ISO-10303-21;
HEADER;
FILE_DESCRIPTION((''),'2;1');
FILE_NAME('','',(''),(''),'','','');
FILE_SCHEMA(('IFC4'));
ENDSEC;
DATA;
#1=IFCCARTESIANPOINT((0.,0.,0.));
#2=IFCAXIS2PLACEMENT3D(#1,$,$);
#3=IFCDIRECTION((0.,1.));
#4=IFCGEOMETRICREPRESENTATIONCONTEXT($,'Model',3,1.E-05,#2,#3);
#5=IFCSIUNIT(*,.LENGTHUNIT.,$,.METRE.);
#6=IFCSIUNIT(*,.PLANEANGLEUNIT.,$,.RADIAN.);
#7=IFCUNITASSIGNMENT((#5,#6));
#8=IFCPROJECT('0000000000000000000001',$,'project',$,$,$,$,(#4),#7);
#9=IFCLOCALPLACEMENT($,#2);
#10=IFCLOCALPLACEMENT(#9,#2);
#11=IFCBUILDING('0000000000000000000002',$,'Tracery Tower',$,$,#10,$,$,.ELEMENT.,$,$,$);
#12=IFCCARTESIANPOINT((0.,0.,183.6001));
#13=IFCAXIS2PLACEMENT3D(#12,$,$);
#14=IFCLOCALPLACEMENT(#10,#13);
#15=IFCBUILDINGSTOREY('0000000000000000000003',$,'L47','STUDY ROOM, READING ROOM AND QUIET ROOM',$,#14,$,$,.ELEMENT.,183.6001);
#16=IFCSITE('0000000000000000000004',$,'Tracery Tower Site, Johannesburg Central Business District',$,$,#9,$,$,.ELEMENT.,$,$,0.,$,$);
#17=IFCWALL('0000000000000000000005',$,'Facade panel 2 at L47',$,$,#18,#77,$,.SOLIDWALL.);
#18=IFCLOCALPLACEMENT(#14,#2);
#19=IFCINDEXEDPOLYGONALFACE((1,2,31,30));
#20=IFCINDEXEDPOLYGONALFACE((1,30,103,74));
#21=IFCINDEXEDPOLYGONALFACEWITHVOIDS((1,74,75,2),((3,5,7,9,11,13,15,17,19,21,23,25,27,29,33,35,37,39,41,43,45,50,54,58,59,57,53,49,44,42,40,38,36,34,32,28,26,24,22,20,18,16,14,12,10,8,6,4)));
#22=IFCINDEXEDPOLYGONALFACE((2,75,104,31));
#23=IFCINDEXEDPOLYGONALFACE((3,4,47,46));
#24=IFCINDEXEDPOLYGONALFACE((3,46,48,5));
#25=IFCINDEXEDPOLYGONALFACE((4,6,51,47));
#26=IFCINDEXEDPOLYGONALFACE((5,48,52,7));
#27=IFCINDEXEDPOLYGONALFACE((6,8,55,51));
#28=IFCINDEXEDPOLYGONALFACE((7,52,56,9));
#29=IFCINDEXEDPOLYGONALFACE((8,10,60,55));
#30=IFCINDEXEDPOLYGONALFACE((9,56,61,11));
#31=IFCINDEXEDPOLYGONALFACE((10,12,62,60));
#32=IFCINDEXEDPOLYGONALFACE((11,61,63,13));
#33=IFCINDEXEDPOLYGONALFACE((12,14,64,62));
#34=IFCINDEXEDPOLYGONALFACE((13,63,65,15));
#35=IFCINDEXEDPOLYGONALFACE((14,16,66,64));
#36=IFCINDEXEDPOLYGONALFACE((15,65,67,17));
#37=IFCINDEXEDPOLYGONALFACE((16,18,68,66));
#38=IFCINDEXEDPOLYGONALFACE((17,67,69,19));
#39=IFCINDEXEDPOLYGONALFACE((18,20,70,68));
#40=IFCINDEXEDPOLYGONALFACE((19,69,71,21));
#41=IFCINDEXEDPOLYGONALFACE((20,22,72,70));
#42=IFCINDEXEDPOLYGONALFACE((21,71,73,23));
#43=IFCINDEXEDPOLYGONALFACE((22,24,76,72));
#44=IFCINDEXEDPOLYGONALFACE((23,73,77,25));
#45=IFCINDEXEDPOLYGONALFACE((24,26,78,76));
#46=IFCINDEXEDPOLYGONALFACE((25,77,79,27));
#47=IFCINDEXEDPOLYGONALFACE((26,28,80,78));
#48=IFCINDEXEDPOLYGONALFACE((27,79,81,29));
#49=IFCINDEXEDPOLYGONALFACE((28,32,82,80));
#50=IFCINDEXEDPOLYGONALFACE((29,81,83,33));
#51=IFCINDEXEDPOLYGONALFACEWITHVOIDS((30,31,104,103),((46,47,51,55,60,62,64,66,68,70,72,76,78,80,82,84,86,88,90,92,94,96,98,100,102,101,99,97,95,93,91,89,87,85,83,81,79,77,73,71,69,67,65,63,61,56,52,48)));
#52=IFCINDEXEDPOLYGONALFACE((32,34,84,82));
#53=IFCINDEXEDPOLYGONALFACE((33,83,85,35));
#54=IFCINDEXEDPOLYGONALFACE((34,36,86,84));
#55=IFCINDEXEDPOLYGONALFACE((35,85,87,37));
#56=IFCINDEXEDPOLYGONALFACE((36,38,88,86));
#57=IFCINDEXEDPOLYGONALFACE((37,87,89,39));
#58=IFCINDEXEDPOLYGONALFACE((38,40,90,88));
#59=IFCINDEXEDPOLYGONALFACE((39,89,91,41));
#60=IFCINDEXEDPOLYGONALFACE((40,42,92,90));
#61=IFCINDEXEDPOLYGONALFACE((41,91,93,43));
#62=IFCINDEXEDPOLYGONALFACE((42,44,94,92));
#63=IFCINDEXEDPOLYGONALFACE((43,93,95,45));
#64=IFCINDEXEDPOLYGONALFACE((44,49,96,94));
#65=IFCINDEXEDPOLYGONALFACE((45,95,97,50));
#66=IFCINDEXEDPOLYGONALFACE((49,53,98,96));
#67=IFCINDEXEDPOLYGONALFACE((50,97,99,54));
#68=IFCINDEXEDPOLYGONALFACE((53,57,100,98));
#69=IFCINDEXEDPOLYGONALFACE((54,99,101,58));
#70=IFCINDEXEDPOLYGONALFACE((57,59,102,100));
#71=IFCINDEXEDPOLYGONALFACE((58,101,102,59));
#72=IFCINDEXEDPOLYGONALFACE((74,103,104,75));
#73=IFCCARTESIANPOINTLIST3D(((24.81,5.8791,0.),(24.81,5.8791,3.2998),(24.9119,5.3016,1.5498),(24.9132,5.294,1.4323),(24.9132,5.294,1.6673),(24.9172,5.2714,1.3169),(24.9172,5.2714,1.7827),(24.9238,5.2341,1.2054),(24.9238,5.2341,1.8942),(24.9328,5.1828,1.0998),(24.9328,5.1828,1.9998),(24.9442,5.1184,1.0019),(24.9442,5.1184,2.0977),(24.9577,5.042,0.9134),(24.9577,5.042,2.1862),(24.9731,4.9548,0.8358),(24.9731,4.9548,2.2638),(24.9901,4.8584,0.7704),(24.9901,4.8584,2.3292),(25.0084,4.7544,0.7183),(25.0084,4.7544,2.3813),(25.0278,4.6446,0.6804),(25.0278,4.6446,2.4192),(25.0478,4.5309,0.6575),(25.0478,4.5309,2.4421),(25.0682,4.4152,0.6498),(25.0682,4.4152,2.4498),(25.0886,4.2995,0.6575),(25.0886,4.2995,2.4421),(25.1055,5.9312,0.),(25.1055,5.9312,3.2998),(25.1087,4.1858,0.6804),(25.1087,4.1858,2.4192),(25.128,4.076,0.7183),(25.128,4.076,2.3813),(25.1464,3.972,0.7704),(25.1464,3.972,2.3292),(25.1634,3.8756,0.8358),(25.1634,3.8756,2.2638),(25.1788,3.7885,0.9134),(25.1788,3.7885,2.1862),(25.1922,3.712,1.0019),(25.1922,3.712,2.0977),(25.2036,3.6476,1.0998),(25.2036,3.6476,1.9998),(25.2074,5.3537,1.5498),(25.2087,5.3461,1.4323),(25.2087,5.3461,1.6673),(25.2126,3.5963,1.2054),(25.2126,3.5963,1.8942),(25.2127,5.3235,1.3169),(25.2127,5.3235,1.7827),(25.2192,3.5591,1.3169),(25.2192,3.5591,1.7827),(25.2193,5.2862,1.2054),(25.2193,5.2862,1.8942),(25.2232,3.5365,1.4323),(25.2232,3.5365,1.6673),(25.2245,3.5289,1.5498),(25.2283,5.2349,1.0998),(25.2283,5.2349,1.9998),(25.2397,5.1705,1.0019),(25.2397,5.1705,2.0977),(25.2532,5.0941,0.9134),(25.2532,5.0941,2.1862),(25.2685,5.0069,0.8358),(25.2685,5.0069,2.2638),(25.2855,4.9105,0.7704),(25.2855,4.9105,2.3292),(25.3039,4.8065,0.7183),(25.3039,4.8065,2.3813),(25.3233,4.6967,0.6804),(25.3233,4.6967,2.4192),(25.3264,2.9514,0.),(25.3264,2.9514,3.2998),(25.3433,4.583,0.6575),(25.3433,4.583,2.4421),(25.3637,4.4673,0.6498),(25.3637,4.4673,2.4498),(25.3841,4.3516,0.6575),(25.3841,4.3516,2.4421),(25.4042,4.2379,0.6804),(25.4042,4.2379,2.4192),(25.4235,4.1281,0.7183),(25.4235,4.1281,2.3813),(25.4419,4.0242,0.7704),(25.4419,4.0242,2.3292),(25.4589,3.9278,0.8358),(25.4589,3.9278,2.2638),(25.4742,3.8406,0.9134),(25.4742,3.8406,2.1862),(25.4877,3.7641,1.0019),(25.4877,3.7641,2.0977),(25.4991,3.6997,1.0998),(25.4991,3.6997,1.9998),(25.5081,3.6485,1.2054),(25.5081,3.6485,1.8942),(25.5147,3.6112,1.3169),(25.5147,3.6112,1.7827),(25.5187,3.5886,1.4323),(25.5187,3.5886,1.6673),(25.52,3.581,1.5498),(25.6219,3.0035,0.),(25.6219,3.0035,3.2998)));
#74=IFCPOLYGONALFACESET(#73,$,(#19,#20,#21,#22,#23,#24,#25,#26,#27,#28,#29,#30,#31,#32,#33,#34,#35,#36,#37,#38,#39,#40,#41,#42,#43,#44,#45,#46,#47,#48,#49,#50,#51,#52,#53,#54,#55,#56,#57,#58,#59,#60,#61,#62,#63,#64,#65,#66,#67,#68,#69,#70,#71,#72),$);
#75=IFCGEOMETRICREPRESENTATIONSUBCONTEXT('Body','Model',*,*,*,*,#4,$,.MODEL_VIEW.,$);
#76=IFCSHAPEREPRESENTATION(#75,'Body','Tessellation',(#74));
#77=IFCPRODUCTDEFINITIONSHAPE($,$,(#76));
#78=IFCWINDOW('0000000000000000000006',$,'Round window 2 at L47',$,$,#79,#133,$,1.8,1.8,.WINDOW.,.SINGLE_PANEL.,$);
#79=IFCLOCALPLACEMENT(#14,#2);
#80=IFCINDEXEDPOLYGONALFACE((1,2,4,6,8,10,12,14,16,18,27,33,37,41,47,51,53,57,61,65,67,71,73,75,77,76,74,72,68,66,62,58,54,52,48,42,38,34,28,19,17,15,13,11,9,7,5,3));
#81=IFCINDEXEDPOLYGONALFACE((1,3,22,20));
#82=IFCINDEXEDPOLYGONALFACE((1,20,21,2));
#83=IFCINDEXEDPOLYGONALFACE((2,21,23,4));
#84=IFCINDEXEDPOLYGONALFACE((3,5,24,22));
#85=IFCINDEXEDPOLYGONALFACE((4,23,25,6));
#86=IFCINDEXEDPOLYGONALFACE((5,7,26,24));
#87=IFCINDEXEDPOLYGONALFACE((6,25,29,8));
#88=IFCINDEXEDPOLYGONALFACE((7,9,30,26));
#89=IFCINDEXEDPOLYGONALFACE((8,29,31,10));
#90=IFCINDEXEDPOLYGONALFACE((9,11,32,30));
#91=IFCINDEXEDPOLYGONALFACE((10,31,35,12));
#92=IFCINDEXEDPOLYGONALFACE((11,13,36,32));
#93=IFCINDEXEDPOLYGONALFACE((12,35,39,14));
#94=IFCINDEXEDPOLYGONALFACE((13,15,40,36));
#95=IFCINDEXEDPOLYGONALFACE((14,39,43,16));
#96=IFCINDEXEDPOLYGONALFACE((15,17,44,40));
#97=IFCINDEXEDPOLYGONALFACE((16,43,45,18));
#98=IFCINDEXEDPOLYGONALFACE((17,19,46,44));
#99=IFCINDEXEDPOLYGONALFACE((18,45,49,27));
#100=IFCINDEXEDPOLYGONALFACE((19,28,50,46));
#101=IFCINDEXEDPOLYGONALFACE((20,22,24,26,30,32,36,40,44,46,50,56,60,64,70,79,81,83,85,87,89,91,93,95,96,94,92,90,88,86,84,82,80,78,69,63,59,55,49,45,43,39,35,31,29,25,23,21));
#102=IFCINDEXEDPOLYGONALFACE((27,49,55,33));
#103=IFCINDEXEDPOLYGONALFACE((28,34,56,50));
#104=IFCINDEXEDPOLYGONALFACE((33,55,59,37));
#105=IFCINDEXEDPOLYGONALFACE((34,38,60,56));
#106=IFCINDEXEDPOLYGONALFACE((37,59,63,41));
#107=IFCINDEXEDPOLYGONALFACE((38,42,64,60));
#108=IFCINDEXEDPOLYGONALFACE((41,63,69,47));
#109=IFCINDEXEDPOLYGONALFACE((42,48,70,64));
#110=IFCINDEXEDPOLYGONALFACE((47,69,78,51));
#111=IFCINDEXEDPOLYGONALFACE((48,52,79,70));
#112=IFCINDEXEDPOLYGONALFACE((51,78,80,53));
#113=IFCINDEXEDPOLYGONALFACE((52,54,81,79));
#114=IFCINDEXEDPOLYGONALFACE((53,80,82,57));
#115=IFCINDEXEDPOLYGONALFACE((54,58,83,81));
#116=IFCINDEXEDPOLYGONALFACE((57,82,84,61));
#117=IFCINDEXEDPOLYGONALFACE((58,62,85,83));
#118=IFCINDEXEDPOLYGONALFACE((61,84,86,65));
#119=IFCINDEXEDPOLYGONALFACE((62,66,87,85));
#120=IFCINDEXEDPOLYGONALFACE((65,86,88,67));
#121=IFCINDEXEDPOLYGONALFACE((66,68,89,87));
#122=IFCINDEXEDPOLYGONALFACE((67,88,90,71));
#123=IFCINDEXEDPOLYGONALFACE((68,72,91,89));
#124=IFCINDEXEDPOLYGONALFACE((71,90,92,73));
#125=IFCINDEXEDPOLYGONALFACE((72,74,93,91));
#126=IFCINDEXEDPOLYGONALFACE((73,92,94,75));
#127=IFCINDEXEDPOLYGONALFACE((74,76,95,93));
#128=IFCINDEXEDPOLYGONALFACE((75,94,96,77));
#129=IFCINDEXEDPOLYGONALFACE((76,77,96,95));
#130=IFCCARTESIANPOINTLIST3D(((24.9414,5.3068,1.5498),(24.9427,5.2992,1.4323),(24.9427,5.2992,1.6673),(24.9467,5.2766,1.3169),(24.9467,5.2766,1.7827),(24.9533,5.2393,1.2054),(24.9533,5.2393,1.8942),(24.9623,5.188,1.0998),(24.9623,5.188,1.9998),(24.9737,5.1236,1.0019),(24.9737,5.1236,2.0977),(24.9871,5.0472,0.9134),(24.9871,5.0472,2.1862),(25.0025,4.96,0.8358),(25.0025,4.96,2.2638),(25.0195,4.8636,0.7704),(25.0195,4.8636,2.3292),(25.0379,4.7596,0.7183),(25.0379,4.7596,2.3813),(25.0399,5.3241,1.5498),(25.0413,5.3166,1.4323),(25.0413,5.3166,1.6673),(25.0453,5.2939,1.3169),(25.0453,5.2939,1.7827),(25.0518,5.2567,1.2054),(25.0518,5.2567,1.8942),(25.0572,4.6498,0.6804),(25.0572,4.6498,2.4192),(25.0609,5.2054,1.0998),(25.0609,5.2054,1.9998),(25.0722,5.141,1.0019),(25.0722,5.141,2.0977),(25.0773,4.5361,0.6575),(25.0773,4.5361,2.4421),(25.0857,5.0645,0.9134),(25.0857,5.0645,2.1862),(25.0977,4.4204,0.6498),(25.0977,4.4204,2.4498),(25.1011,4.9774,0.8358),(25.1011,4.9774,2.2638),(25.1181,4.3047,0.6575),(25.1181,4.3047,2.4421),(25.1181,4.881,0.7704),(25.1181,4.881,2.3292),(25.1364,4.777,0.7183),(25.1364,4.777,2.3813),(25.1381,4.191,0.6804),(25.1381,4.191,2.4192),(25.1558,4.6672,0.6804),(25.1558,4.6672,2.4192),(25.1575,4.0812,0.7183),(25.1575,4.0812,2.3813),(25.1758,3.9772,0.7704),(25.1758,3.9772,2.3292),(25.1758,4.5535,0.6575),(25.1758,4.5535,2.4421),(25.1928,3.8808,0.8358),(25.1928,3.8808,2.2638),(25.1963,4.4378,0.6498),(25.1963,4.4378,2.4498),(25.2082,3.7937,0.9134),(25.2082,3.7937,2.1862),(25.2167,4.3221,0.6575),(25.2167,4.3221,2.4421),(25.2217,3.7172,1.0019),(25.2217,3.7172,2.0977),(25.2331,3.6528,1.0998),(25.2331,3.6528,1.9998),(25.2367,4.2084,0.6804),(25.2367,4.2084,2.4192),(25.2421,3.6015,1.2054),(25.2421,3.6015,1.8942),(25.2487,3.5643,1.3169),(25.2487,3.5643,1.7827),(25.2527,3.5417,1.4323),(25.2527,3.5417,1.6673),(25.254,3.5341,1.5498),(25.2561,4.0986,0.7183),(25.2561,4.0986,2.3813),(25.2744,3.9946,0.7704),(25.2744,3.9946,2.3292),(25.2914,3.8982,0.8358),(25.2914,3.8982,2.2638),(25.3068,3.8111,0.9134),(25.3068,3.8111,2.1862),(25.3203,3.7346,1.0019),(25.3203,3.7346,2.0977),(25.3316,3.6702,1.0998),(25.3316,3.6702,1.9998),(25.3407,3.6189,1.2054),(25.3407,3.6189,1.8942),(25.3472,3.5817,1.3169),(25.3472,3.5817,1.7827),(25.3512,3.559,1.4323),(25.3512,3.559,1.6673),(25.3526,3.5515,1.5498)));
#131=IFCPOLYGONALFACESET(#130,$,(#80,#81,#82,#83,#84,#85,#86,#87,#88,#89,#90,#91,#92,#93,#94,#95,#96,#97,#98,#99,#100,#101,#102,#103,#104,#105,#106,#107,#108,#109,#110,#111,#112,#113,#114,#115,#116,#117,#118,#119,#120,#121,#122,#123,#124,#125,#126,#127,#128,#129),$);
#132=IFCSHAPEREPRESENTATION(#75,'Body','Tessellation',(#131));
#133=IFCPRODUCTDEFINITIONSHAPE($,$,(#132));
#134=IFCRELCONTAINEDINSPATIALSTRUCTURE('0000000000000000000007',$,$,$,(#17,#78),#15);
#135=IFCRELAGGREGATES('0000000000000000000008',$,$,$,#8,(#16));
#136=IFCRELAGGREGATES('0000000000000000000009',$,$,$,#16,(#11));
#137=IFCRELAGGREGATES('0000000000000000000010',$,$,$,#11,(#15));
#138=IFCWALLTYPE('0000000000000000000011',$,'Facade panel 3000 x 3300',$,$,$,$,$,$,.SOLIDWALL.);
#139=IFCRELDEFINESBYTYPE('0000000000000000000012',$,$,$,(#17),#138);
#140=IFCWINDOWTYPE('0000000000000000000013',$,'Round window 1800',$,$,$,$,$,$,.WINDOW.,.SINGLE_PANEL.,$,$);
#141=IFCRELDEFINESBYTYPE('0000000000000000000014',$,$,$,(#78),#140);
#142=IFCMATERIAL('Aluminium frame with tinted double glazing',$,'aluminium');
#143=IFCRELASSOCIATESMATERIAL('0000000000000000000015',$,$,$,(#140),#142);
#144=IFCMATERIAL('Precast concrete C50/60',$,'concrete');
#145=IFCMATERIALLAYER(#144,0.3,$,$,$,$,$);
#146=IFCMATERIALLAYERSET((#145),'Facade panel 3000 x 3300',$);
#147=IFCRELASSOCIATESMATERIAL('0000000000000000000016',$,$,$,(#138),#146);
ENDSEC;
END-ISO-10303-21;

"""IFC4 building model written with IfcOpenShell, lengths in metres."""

from ifc_helpers import new_model, si_unit, direction, frame, frame_2d, origin, origin_2d, place, context, subcontext, project, spatial, rectangle, circle, extrude, material, layer, layer_set, type_object, element, fill, save


model = new_model("IFC4")

# Units and contexts
model_context = context("Model", 3, precision=1e-05, world=origin(), true_north=direction((0.0, 1.0)))
body_context = subcontext(model_context, "Body", "Model", "MODEL_VIEW")
ifc_project = project(units=[si_unit("LENGTHUNIT", "METRE"), si_unit("PLANEANGLEUNIT", "RADIAN")], contexts=[model_context])

# Site, building, storey
site_placement = place(None, origin())
site = spatial("IfcSite", under=ifc_project, at=site_placement, Name="Tracery Tower Site, Johannesburg Central Business District", CompositionType="ELEMENT", RefElevation=0.0)
building_placement = place(site_placement, origin())
building = spatial("IfcBuilding", under=site, at=building_placement, Name="Tracery Tower", CompositionType="ELEMENT")
storey_placement = place(building_placement, frame((0.0, 0.0, 183.6001)))
storey = spatial("IfcBuildingStorey", under=building, at=storey_placement, Name="L47", Description="STUDY ROOM, READING ROOM AND QUIET ROOM", CompositionType="ELEMENT", Elevation=183.6001)

# Wall, opening, window
ifc_material_1 = material(Name="Aluminium frame with tinted double glazing", Category="aluminium")
window_type = type_object("IfcWindowType", Name="Round window 1800", PartitioningType="SINGLE_PANEL", PredefinedType="WINDOW", material=ifc_material_1)
ifc_material_2 = material(Name="Precast concrete C50/60", Category="concrete")
ifc_layer_1 = layer(ifc_material_2, 0.3)
ifc_layer_set_1 = layer_set([ifc_layer_1], Name="Facade panel 3000 x 3300")
wall_type_1 = type_object("IfcWallType", Name="Facade panel 3000 x 3300", PredefinedType="SOLIDWALL", material=ifc_layer_set_1)
wall_1_placement = place(storey_placement, frame((25.4741, 2.9775, 0.0), z_axis=(0.0, 0.0, 1.0), x_axis=(-0.173687, 0.984801, 0.0)))
wall_1 = element("IfcWall", 1, at=wall_1_placement, inside=storey, type_object=wall_type_1, Name="Facade panel 2 at L47", PredefinedType="SOLIDWALL", context=body_context, shape_type="SweptSolid", body=[
    extrude(rectangle(XDim=2.9729, YDim=0.3, at=frame_2d((1.4863, 0.0))), origin(), (0.0, 0.0, 1.0), 3.2998),
])
opening_1_placement = place(wall_1_placement, frame((1.4863, 0.0, 1.5498)))
opening_1 = element("IfcOpeningElement", 2, at=opening_1_placement, cuts=wall_1, PredefinedType="OPENING", context=body_context, shape_type="SweptSolid", body=[
    extrude(circle(Radius=0.9, at=origin_2d()), frame((0.0, 0.1599, 0.0), z_axis=(0.0, -1.0, 0.0), x_axis=(1.0, 0.0, 0.0)), (0.0, 0.0, 1.0), 0.3201),
])
window_1_placement = place(opening_1_placement, origin())
window_1 = element("IfcWindow", 3, at=window_1_placement, inside=storey, type_object=window_type, Name="Round window 2 at L47", OverallHeight=1.8, OverallWidth=1.8, PartitioningType="SINGLE_PANEL", PredefinedType="WINDOW", context=body_context, shape_type="SweptSolid", body=[
    extrude(circle(Radius=0.9, at=origin_2d()), frame((0.0, 0.1201, 0.0), z_axis=(0.0, -1.0, 0.0), x_axis=(1.0, 0.0, 0.0)), (0.0, 0.0, 1.0), 0.1001),
])
fill(opening_1, window_1)

save(model, "model.ifc")
